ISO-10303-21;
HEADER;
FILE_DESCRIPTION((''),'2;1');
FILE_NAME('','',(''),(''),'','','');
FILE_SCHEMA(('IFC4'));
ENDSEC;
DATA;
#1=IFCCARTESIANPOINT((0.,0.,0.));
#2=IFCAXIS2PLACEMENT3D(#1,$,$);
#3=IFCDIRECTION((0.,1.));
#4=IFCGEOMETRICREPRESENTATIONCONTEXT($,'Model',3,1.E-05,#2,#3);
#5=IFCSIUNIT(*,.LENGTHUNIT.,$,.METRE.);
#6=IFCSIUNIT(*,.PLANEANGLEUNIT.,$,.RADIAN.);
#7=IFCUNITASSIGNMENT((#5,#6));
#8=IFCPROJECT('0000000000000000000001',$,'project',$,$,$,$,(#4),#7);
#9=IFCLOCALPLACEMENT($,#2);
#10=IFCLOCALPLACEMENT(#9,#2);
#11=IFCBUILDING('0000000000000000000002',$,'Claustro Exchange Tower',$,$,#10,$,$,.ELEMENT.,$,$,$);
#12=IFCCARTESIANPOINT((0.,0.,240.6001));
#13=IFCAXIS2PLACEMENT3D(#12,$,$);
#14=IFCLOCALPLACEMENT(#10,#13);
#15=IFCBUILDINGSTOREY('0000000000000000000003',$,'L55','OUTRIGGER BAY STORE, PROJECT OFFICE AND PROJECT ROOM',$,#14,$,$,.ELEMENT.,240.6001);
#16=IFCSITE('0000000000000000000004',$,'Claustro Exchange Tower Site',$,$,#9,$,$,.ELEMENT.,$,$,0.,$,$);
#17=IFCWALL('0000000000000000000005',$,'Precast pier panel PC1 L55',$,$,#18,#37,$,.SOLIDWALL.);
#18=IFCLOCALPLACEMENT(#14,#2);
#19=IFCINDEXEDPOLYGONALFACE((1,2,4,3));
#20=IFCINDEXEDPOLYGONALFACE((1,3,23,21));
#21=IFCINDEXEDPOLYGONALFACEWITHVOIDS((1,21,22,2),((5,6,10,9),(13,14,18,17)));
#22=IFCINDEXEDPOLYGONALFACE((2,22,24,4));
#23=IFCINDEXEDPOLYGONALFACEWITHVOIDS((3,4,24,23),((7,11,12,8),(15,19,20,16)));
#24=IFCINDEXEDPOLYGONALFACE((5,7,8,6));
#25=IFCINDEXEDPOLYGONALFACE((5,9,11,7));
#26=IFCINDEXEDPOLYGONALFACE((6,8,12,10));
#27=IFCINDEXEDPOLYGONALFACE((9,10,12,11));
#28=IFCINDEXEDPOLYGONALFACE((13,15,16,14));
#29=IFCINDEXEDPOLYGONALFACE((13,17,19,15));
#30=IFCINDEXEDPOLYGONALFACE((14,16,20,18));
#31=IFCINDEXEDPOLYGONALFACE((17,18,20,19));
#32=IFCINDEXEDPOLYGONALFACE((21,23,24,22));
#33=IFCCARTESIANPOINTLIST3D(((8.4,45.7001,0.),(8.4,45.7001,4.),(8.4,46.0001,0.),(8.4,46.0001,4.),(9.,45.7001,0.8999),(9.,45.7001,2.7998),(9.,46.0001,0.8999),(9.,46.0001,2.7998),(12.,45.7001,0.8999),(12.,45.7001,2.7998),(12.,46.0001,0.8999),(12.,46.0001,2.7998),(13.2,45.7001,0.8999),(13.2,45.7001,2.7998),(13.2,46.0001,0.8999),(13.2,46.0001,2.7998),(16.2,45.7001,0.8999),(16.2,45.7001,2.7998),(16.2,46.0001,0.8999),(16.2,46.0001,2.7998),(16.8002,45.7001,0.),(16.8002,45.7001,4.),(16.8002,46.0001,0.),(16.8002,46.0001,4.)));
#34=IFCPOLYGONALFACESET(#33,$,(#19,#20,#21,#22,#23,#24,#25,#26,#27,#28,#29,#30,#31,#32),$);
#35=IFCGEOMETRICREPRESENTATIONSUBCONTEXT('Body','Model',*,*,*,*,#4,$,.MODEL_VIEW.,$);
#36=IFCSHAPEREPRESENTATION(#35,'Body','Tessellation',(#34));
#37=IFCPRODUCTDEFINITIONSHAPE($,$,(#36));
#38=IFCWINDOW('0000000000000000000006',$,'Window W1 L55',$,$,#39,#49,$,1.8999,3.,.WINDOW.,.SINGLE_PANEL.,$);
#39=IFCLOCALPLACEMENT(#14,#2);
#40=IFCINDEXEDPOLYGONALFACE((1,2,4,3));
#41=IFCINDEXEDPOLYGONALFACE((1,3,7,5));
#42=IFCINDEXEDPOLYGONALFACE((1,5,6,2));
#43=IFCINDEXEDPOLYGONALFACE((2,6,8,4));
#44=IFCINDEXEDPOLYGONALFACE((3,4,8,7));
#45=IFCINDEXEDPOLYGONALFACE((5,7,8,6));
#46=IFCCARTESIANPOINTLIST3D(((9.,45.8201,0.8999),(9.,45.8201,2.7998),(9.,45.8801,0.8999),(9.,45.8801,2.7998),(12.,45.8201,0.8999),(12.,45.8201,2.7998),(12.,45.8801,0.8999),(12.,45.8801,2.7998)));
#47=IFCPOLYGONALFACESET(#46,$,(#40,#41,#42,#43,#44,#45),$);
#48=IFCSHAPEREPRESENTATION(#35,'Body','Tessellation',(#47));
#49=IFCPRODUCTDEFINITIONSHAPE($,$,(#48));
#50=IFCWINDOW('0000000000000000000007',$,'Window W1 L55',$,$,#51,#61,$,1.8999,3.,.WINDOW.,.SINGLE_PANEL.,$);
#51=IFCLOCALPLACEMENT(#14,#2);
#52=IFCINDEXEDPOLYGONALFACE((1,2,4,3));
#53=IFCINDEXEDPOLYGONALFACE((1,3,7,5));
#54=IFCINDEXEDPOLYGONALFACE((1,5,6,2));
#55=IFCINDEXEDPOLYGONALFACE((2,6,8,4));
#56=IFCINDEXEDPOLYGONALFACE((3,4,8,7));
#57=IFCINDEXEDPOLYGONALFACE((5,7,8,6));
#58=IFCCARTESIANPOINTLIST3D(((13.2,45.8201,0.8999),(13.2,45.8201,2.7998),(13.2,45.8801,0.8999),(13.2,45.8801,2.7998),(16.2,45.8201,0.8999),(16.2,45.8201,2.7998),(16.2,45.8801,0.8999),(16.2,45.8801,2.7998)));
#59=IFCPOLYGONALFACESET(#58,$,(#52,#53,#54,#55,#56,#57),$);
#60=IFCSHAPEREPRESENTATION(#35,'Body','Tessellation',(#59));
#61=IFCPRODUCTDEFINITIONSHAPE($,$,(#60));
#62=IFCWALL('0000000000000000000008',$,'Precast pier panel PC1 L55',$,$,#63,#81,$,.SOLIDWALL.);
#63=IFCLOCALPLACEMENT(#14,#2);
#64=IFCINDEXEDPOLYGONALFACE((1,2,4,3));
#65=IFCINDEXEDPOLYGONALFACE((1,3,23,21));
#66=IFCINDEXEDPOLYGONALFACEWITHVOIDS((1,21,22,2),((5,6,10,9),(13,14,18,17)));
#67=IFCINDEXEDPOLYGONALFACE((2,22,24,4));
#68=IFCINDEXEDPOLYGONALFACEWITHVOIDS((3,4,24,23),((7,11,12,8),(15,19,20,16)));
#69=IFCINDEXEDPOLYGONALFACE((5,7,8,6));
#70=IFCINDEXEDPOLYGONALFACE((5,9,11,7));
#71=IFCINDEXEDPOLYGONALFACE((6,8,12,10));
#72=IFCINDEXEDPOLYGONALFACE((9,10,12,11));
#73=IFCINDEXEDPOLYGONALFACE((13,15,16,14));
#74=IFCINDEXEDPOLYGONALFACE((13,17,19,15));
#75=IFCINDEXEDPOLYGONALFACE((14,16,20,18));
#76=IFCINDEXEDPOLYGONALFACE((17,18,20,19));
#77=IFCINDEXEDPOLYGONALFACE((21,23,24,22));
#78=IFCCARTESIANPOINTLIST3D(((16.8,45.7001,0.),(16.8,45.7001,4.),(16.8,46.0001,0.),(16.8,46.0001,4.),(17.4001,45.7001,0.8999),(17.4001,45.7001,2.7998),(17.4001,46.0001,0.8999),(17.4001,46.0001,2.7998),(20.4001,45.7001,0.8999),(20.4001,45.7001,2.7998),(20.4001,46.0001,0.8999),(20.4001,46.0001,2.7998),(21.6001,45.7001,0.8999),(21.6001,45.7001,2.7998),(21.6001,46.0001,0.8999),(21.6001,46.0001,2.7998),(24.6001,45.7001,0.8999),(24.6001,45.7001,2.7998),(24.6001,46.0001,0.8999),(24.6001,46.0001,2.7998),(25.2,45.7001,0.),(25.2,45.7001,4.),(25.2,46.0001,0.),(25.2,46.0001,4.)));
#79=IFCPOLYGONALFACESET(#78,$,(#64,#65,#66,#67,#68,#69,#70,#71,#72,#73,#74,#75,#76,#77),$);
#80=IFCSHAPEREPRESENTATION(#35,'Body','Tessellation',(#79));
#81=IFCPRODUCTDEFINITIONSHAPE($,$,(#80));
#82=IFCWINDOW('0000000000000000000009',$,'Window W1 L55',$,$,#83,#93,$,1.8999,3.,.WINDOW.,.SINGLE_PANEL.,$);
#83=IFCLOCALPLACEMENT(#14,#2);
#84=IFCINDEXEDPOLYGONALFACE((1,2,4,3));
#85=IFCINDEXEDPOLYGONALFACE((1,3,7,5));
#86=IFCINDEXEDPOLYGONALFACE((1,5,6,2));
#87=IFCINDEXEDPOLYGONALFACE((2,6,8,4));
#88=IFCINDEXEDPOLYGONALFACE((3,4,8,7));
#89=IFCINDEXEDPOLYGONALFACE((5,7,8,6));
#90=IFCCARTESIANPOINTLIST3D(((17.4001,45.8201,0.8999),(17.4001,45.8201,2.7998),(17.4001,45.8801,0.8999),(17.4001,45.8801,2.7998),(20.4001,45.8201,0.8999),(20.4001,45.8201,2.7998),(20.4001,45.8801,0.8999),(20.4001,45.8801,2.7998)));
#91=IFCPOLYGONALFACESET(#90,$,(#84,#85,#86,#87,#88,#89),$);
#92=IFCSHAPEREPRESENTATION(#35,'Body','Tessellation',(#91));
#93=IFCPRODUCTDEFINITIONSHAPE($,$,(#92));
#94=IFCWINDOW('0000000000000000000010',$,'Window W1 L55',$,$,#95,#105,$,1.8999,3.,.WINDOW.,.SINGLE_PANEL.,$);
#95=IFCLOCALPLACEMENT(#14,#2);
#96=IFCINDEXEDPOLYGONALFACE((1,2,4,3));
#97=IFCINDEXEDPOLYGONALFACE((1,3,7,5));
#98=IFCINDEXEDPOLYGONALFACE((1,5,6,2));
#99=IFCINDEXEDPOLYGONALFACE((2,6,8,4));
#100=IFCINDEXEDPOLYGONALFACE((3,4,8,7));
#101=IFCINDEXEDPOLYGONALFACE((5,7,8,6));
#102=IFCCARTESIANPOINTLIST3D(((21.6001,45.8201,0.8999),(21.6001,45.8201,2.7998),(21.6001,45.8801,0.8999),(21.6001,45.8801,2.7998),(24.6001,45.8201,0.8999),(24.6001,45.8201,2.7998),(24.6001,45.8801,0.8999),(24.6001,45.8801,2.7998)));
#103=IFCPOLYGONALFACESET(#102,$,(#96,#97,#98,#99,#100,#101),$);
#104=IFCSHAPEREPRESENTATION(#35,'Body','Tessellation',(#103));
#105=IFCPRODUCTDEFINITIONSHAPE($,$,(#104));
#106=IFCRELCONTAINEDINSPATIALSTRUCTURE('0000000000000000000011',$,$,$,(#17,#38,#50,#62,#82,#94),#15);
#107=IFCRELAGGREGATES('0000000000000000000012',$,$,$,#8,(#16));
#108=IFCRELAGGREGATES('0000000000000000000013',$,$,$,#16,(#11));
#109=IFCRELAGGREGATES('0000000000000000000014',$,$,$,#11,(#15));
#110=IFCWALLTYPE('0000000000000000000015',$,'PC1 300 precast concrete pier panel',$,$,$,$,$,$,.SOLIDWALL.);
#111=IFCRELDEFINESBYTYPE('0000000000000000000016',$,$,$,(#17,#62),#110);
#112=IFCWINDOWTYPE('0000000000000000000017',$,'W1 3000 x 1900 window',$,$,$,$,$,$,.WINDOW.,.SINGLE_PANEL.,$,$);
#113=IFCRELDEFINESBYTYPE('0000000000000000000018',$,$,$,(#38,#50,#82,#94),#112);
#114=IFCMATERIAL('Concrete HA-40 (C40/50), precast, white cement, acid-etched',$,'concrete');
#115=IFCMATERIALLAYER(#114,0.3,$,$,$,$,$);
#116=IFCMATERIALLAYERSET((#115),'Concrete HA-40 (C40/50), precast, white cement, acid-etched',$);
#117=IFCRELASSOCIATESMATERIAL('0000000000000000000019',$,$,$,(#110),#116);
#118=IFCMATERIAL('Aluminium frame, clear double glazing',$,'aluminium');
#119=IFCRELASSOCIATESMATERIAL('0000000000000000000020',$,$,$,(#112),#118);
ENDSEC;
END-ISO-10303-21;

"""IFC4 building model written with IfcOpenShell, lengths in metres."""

from ifc_helpers import new_model, si_unit, direction, frame, frame_2d, origin, place, context, subcontext, project, spatial, rectangle, extrude, material, layer, layer_set, type_object, element, fill, save


model = new_model("IFC4")

# Units and contexts
model_context = context("Model", 3, precision=1e-05, world=origin(), true_north=direction((0.0, 1.0)))
body_context = subcontext(model_context, "Body", "Model", "MODEL_VIEW")
ifc_project = project(units=[si_unit("LENGTHUNIT", "METRE"), si_unit("PLANEANGLEUNIT", "RADIAN")], contexts=[model_context])

# Site, building, storey
site_placement = place(None, origin())
site = spatial("IfcSite", under=ifc_project, at=site_placement, Name="Claustro Exchange Tower Site", CompositionType="ELEMENT", RefElevation=0.0)
building_placement = place(site_placement, origin())
building = spatial("IfcBuilding", under=site, at=building_placement, Name="Claustro Exchange Tower", CompositionType="ELEMENT")
storey_placement = place(building_placement, frame((0.0, 0.0, 240.6001)))
storey = spatial("IfcBuildingStorey", under=building, at=storey_placement, Name="L55", Description="OUTRIGGER BAY STORE, PROJECT OFFICE AND PROJECT ROOM", CompositionType="ELEMENT", Elevation=240.6001)

# Walls, openings, windows
ifc_material_1 = material(Name="Concrete HA-40 (C40/50), precast, white cement, acid-etched", Category="concrete")
ifc_layer_1 = layer(ifc_material_1, 0.3)
ifc_layer_set_1 = layer_set([ifc_layer_1], Name="Concrete HA-40 (C40/50), precast, white cement, acid-etched")
wall_type_1 = type_object("IfcWallType", Name="PC1 300 precast concrete pier panel", PredefinedType="SOLIDWALL", material=ifc_layer_set_1)
wall_1_placement = place(storey_placement, frame((8.3999, 45.8501, 0.0), z_axis=(0.0, 0.0, 1.0), x_axis=(1.0, 0.0, 0.0)))
wall_1 = element("IfcWall", 1, at=wall_1_placement, inside=storey, type_object=wall_type_1, Name="Precast pier panel PC1 L55", PredefinedType="SOLIDWALL", context=body_context, shape_type="SweptSolid", body=[
    extrude(rectangle(XDim=8.4001, YDim=0.3, at=frame_2d((4.2002, 0.0))), origin(), (0.0, 0.0, 1.0), 4.0),
])
opening_1_placement = place(wall_1_placement, frame((0.6001, 0.0, 0.8999)))
opening_1 = element("IfcOpeningElement", 2, at=opening_1_placement, cuts=wall_1, PredefinedType="OPENING", context=body_context, shape_type="SweptSolid", body=[
    extrude(rectangle(XDim=3.0, YDim=1.8999, at=frame_2d((1.5, 0.95))), frame((0.0, 0.1599, 0.0), z_axis=(0.0, -1.0, 0.0), x_axis=(1.0, 0.0, 0.0)), (0.0, 0.0, 1.0), 0.3201),
])
opening_2_placement = place(wall_1_placement, frame((4.8, 0.0, 0.8999)))
opening_2 = element("IfcOpeningElement", 3, at=opening_2_placement, cuts=wall_1, PredefinedType="OPENING", context=body_context, shape_type="SweptSolid", body=[
    extrude(rectangle(XDim=3.0, YDim=1.8999, at=frame_2d((1.5, 0.95))), frame((0.0, 0.1599, 0.0), z_axis=(0.0, -1.0, 0.0), x_axis=(1.0, 0.0, 0.0)), (0.0, 0.0, 1.0), 0.3201),
])
ifc_material_2 = material(Name="Aluminium frame, clear double glazing", Category="aluminium")
window_type = type_object("IfcWindowType", Name="W1 3000 x 1900 window", PartitioningType="SINGLE_PANEL", PredefinedType="WINDOW", material=ifc_material_2)
window_1_placement = place(opening_1_placement, origin())
window_1 = element("IfcWindow", 4, at=window_1_placement, inside=storey, type_object=window_type, Name="Window W1 L55", OverallHeight=1.8999, OverallWidth=3.0, PartitioningType="SINGLE_PANEL", PredefinedType="WINDOW", context=body_context, shape_type="SweptSolid", body=[
    extrude(rectangle(XDim=3.0, YDim=1.8999, at=frame_2d((1.5, 0.95))), frame((0.0, 0.03, 0.0), z_axis=(0.0, -1.0, 0.0), x_axis=(1.0, 0.0, 0.0)), (0.0, 0.0, 1.0), 0.0601),
])
fill(opening_1, window_1)
window_2_placement = place(opening_2_placement, origin())
window_2 = element("IfcWindow", 5, at=window_2_placement, inside=storey, type_object=window_type, Name="Window W1 L55", OverallHeight=1.8999, OverallWidth=3.0, PartitioningType="SINGLE_PANEL", PredefinedType="WINDOW", context=body_context, shape_type="SweptSolid", body=[
    extrude(rectangle(XDim=3.0, YDim=1.8999, at=frame_2d((1.5, 0.95))), frame((0.0, 0.03, 0.0), z_axis=(0.0, -1.0, 0.0), x_axis=(1.0, 0.0, 0.0)), (0.0, 0.0, 1.0), 0.0601),
])
fill(opening_2, window_2)
wall_2_placement = place(storey_placement, frame((16.8, 45.8501, 0.0), z_axis=(0.0, 0.0, 1.0), x_axis=(1.0, 0.0, 0.0)))
wall_2 = element("IfcWall", 6, at=wall_2_placement, inside=storey, type_object=wall_type_1, Name="Precast pier panel PC1 L55", PredefinedType="SOLIDWALL", context=body_context, shape_type="SweptSolid", body=[
    extrude(rectangle(XDim=8.3999, YDim=0.3, at=frame_2d((4.2, 0.0))), origin(), (0.0, 0.0, 1.0), 4.0),
])
opening_3_placement = place(wall_2_placement, frame((0.6001, 0.0, 0.8999)))
opening_3 = element("IfcOpeningElement", 7, at=opening_3_placement, cuts=wall_2, PredefinedType="OPENING", context=body_context, shape_type="SweptSolid", body=[
    extrude(rectangle(XDim=3.0, YDim=1.8999, at=frame_2d((1.5, 0.95))), frame((0.0, 0.1599, 0.0), z_axis=(0.0, -1.0, 0.0), x_axis=(1.0, 0.0, 0.0)), (0.0, 0.0, 1.0), 0.3201),
])
opening_4_placement = place(wall_2_placement, frame((4.8, 0.0, 0.8999)))
opening_4 = element("IfcOpeningElement", 8, at=opening_4_placement, cuts=wall_2, PredefinedType="OPENING", context=body_context, shape_type="SweptSolid", body=[
    extrude(rectangle(XDim=3.0, YDim=1.8999, at=frame_2d((1.5, 0.95))), frame((0.0, 0.1599, 0.0), z_axis=(0.0, -1.0, 0.0), x_axis=(1.0, 0.0, 0.0)), (0.0, 0.0, 1.0), 0.3201),
])
window_3_placement = place(opening_3_placement, origin())
window_3 = element("IfcWindow", 9, at=window_3_placement, inside=storey, type_object=window_type, Name="Window W1 L55", OverallHeight=1.8999, OverallWidth=3.0, PartitioningType="SINGLE_PANEL", PredefinedType="WINDOW", context=body_context, shape_type="SweptSolid", body=[
    extrude(rectangle(XDim=3.0, YDim=1.8999, at=frame_2d((1.5, 0.95))), frame((0.0, 0.03, 0.0), z_axis=(0.0, -1.0, 0.0), x_axis=(1.0, 0.0, 0.0)), (0.0, 0.0, 1.0), 0.0601),
])
fill(opening_3, window_3)
window_4_placement = place(opening_4_placement, origin())
window_4 = element("IfcWindow", 10, at=window_4_placement, inside=storey, type_object=window_type, Name="Window W1 L55", OverallHeight=1.8999, OverallWidth=3.0, PartitioningType="SINGLE_PANEL", PredefinedType="WINDOW", context=body_context, shape_type="SweptSolid", body=[
    extrude(rectangle(XDim=3.0, YDim=1.8999, at=frame_2d((1.5, 0.95))), frame((0.0, 0.03, 0.0), z_axis=(0.0, -1.0, 0.0), x_axis=(1.0, 0.0, 0.0)), (0.0, 0.0, 1.0), 0.0601),
])
fill(opening_4, window_4)

save(model, "model.ifc")
